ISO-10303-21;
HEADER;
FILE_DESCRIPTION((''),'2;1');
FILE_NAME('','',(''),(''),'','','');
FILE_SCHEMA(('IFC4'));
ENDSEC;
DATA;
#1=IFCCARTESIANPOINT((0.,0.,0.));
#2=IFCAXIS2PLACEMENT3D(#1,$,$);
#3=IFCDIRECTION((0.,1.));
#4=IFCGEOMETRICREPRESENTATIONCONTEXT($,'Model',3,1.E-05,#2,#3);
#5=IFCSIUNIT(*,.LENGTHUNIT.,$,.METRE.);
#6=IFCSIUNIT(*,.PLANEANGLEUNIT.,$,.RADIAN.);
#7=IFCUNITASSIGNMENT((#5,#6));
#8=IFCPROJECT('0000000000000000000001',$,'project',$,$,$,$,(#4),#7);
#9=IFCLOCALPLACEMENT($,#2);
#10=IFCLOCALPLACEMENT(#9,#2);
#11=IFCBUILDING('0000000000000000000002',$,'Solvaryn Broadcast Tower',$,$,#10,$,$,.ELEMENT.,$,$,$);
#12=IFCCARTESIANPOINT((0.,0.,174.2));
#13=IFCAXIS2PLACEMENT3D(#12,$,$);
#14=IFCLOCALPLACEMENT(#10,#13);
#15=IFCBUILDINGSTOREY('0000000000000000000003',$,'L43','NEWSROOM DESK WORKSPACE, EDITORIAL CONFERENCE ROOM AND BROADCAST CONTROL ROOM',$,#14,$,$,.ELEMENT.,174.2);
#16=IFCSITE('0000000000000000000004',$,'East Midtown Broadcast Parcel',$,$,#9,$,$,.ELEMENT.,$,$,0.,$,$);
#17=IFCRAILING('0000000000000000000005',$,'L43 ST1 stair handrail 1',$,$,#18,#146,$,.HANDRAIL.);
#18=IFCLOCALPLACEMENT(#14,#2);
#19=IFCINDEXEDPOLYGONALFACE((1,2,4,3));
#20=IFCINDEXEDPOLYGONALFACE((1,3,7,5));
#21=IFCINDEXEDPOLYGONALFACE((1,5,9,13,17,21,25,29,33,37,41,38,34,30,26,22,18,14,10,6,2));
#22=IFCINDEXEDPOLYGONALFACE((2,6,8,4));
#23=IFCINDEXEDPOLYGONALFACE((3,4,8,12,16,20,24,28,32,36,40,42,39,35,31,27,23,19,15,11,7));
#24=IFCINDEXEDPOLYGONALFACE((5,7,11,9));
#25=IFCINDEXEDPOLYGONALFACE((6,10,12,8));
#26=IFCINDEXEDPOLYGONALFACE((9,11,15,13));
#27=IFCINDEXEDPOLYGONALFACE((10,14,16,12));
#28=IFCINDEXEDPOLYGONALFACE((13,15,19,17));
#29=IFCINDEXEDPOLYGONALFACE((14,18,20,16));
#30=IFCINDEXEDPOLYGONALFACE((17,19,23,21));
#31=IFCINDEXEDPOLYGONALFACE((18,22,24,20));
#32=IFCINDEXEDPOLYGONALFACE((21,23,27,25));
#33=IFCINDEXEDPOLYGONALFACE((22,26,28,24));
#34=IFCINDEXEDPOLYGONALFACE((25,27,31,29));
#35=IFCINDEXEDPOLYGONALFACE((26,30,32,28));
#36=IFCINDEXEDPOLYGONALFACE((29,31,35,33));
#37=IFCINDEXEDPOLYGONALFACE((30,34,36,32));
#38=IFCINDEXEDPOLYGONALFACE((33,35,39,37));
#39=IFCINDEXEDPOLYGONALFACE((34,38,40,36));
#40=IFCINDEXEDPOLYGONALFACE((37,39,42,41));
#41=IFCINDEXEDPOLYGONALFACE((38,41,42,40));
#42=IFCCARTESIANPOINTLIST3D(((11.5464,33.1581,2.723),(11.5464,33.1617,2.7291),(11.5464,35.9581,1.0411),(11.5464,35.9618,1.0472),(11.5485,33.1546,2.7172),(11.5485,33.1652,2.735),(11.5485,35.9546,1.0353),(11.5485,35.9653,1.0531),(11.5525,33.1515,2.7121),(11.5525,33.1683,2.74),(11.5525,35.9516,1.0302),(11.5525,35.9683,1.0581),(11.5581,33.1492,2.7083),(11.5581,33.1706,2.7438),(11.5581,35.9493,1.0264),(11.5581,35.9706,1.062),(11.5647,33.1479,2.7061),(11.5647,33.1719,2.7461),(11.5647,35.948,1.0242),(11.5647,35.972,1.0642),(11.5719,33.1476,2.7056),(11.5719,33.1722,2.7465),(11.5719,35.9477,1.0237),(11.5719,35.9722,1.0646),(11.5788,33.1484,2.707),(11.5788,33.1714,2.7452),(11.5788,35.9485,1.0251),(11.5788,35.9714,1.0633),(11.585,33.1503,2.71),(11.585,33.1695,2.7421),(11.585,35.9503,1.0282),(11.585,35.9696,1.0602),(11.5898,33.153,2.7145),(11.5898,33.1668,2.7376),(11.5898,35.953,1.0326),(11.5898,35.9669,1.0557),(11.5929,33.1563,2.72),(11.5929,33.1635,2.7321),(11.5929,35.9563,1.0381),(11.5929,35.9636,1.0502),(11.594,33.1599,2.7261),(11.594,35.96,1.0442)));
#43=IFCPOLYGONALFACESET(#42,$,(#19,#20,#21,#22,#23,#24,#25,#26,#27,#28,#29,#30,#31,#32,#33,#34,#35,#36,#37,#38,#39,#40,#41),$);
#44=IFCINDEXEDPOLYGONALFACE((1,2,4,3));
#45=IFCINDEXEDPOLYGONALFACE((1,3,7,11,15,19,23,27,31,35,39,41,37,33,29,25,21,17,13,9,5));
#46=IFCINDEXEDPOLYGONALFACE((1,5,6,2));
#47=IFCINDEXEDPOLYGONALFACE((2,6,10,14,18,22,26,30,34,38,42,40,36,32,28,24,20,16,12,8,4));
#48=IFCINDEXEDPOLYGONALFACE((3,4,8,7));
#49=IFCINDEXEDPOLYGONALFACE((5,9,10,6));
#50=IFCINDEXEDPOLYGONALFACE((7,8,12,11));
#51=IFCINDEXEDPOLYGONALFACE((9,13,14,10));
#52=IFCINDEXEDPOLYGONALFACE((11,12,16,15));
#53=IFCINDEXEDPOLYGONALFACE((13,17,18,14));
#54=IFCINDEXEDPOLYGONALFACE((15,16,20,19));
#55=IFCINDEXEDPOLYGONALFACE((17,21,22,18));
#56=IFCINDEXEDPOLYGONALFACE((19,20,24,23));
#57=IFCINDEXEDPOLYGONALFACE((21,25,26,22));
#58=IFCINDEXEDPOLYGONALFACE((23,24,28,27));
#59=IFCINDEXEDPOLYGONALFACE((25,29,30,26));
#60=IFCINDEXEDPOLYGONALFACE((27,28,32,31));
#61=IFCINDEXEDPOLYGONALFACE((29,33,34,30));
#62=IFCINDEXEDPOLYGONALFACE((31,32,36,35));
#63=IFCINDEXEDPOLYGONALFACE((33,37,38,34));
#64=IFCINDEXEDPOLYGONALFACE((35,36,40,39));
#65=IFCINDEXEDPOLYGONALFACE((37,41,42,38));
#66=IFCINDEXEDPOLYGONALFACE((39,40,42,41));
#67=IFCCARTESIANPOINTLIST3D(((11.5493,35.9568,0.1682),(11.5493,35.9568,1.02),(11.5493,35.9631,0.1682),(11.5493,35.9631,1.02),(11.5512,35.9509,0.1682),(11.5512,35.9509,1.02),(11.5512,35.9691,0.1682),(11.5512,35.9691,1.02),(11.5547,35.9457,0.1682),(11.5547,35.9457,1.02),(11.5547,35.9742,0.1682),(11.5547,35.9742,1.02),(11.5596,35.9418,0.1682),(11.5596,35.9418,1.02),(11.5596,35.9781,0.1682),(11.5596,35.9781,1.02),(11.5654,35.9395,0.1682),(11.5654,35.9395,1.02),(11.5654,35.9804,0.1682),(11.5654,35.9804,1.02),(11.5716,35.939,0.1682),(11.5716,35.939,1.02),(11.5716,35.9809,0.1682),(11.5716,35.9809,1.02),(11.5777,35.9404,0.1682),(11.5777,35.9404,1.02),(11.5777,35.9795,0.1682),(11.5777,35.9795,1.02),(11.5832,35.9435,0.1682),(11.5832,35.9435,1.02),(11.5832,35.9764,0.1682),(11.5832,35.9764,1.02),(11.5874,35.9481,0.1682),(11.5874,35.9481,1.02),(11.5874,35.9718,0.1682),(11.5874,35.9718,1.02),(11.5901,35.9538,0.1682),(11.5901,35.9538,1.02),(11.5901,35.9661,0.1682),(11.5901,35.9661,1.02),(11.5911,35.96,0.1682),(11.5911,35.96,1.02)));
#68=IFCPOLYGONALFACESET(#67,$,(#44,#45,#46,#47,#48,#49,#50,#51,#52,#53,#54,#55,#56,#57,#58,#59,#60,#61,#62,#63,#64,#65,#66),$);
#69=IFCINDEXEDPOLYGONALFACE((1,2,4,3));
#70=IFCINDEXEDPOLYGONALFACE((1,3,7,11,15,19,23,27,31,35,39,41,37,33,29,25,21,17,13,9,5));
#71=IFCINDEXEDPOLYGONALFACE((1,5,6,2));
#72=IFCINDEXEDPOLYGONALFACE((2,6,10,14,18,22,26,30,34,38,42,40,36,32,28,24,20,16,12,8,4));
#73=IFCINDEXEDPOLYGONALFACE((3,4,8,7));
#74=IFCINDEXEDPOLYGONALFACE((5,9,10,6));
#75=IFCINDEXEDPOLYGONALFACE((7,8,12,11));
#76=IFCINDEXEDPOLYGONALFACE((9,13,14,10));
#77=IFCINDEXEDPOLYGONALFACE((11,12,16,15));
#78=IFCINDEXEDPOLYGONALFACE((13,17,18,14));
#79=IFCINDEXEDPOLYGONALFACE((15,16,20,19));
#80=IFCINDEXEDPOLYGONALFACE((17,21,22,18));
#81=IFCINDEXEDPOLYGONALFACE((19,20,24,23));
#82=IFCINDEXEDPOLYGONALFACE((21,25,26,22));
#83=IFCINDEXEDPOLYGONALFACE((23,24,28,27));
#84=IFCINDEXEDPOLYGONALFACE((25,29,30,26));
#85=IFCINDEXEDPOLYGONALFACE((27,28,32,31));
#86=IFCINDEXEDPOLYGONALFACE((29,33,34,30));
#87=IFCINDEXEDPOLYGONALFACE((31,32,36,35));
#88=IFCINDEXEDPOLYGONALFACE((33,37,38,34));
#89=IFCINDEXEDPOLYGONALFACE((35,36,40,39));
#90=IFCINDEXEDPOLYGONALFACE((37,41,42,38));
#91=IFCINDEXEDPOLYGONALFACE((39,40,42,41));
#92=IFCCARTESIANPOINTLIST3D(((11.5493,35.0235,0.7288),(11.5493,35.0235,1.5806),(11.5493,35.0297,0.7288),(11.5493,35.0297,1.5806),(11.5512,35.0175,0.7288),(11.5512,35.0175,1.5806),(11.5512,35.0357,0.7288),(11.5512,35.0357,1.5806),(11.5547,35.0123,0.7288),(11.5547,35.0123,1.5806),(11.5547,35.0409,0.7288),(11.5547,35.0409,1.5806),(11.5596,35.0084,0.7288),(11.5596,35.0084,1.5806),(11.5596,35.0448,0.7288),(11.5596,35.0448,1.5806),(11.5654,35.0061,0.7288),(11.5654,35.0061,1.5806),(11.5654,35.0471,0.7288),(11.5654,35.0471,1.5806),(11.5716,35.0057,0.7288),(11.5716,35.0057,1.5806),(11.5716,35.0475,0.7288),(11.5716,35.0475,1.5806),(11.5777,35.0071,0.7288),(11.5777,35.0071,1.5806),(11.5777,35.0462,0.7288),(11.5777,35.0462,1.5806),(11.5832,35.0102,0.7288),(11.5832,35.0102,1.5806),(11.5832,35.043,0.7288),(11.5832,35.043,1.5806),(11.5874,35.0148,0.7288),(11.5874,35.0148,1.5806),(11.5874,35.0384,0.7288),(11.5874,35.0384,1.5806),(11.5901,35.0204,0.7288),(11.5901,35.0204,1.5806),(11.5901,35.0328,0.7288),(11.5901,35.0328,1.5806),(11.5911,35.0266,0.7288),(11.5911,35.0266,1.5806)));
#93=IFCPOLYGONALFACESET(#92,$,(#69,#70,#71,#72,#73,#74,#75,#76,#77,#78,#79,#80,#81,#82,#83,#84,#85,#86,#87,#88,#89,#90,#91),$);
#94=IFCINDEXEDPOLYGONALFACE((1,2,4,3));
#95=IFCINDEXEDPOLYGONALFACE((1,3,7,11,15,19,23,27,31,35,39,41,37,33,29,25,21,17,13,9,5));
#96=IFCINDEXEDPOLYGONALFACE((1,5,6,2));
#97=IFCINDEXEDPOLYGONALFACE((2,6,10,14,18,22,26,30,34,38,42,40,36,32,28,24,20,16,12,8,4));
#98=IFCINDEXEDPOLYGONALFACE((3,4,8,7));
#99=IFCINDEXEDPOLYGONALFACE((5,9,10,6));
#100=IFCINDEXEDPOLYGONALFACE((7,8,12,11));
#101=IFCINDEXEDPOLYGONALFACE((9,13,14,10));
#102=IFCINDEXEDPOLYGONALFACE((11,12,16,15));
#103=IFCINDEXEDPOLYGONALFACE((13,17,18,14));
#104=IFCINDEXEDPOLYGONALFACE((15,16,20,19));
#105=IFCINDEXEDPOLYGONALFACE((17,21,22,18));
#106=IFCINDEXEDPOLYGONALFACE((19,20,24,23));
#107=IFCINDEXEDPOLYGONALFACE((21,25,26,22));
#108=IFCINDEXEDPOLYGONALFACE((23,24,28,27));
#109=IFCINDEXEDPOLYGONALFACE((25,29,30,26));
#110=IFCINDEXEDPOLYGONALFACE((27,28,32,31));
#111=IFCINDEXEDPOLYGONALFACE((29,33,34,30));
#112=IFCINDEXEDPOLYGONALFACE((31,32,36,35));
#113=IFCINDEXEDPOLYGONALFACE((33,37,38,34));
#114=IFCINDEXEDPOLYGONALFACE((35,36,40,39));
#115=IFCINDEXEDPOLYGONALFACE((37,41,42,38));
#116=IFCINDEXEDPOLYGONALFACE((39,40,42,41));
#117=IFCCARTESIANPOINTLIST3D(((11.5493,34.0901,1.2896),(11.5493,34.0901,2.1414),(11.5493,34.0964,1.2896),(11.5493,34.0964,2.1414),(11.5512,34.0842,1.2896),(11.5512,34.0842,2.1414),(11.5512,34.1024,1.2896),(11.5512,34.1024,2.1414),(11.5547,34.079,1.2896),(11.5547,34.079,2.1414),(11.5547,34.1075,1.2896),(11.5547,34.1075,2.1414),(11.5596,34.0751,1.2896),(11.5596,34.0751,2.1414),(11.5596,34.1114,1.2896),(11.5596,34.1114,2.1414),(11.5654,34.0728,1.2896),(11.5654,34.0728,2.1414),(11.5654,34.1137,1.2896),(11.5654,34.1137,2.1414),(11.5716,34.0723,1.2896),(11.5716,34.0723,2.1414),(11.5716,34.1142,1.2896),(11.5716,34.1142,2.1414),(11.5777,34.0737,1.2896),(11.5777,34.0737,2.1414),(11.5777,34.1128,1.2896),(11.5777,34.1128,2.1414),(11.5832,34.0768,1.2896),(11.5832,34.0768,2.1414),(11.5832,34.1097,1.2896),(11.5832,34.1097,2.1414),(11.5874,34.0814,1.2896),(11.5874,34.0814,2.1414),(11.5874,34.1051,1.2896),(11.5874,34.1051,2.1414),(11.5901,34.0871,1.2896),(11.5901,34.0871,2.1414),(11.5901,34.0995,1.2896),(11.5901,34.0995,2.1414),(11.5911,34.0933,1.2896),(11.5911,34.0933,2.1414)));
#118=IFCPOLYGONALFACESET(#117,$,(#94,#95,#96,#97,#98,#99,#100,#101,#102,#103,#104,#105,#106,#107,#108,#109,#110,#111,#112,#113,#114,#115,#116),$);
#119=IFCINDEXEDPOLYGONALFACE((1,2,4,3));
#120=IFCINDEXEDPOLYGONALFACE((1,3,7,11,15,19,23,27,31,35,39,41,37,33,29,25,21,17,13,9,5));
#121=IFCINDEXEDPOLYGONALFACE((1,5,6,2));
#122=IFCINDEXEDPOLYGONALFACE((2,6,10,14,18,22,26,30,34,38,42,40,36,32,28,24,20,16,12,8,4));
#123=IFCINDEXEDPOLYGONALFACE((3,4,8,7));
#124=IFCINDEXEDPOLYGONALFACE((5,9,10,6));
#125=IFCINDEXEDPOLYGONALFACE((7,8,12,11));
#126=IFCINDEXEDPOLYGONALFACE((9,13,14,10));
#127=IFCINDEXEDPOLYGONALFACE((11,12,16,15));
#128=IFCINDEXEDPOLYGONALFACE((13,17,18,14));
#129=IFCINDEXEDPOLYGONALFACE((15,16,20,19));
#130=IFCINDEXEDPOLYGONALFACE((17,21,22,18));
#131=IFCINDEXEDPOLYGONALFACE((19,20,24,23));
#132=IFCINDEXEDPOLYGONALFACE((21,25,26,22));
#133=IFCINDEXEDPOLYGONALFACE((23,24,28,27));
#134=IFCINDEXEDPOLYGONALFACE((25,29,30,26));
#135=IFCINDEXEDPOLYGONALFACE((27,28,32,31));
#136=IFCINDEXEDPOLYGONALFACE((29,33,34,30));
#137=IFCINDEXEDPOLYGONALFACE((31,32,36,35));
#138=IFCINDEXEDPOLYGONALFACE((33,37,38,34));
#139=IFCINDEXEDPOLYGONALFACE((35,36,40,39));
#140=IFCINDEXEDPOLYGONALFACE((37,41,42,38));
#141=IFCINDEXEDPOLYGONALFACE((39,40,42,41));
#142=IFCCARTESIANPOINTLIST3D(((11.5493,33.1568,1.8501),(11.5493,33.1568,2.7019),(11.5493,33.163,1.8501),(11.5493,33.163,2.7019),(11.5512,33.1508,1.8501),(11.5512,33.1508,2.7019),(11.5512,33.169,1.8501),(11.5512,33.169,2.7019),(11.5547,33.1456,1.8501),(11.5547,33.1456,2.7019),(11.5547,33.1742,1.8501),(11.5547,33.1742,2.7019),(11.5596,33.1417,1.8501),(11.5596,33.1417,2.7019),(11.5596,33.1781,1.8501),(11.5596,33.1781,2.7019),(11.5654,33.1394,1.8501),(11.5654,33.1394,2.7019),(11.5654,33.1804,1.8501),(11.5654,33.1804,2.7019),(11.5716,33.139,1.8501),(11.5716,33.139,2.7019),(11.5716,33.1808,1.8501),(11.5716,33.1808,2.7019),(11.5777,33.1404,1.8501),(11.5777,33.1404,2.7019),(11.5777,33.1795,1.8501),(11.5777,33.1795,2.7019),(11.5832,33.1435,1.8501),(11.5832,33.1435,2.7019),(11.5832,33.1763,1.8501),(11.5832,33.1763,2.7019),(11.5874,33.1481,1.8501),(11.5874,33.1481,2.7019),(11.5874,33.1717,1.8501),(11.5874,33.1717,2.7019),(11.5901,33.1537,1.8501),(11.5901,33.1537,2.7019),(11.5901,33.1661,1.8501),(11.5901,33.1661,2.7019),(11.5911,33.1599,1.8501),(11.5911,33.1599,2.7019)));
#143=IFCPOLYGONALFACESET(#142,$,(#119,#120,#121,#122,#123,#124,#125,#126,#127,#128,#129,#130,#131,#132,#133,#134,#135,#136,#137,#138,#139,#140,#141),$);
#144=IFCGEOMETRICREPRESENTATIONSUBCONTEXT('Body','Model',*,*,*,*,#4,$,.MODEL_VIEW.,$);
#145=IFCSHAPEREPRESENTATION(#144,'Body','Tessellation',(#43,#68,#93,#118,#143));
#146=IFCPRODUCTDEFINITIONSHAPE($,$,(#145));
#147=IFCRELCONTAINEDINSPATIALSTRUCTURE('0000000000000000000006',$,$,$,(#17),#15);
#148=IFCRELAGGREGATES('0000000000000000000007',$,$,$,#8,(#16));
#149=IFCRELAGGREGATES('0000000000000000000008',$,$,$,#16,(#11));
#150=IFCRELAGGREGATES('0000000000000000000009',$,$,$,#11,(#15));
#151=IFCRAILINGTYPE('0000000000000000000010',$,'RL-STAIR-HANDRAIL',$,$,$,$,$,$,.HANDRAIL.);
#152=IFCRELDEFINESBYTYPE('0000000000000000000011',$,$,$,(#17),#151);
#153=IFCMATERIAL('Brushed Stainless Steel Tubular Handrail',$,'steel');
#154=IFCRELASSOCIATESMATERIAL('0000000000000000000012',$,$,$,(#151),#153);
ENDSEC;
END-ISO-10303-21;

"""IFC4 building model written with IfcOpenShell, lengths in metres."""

from ifc_helpers import new_model, si_unit, direction, frame, origin, origin_2d, place, context, subcontext, project, spatial, circle, extrude, material, type_object, element, save


model = new_model("IFC4")

# Units and contexts
model_context = context("Model", 3, precision=1e-05, world=origin(), true_north=direction((0.0, 1.0)))
body_context = subcontext(model_context, "Body", "Model", "MODEL_VIEW")
ifc_project = project(units=[si_unit("LENGTHUNIT", "METRE"), si_unit("PLANEANGLEUNIT", "RADIAN")], contexts=[model_context])

# Site, building, storey
site_placement = place(None, origin())
site = spatial("IfcSite", under=ifc_project, at=site_placement, Name="East Midtown Broadcast Parcel", CompositionType="ELEMENT", RefElevation=0.0)
building_placement = place(site_placement, origin())
building = spatial("IfcBuilding", under=site, at=building_placement, Name="Solvaryn Broadcast Tower", CompositionType="ELEMENT")
storey_placement = place(building_placement, frame((0.0, 0.0, 174.2)))
storey = spatial("IfcBuildingStorey", under=building, at=storey_placement, Name="L43", Description="NEWSROOM DESK WORKSPACE, EDITORIAL CONFERENCE ROOM AND BROADCAST CONTROL ROOM", CompositionType="ELEMENT", Elevation=174.2)

# Railing
ifc_material_1 = material(Name="Brushed Stainless Steel Tubular Handrail", Category="steel")
railing_type_1 = type_object("IfcRailingType", Name="RL-STAIR-HANDRAIL", PredefinedType="HANDRAIL", material=ifc_material_1)
railing_1_placement = place(storey_placement, frame((11.5701, 35.96, 0.1682)))
element("IfcRailing", 1, at=railing_1_placement, inside=storey, type_object=railing_type_1, Name="L43 ST1 stair handrail 1", PredefinedType="HANDRAIL", context=body_context, shape_type="SweptSolid", body=[
    extrude(circle(Radius=0.0239, at=origin_2d()), frame((0.0, 0.0, 0.876), z_axis=(0.0, -0.857242, 0.514913), x_axis=(1.0, 0.0, 0.0)), (0.0, 0.0, 1.0), 3.2664),
    extrude(circle(Radius=0.021, at=origin_2d()), origin(), (0.0, 0.0, 1.0), 0.8518),
    extrude(circle(Radius=0.021, at=origin_2d()), frame((0.0, -0.9333, 0.5605)), (0.0, 0.0, 1.0), 0.8518),
    extrude(circle(Radius=0.021, at=origin_2d()), frame((0.0, -1.8667, 1.1213)), (0.0, 0.0, 1.0), 0.8518),
    extrude(circle(Radius=0.021, at=origin_2d()), frame((0.0, -2.8, 1.6819)), (0.0, 0.0, 1.0), 0.8518),
])

save(model, "model.ifc")
